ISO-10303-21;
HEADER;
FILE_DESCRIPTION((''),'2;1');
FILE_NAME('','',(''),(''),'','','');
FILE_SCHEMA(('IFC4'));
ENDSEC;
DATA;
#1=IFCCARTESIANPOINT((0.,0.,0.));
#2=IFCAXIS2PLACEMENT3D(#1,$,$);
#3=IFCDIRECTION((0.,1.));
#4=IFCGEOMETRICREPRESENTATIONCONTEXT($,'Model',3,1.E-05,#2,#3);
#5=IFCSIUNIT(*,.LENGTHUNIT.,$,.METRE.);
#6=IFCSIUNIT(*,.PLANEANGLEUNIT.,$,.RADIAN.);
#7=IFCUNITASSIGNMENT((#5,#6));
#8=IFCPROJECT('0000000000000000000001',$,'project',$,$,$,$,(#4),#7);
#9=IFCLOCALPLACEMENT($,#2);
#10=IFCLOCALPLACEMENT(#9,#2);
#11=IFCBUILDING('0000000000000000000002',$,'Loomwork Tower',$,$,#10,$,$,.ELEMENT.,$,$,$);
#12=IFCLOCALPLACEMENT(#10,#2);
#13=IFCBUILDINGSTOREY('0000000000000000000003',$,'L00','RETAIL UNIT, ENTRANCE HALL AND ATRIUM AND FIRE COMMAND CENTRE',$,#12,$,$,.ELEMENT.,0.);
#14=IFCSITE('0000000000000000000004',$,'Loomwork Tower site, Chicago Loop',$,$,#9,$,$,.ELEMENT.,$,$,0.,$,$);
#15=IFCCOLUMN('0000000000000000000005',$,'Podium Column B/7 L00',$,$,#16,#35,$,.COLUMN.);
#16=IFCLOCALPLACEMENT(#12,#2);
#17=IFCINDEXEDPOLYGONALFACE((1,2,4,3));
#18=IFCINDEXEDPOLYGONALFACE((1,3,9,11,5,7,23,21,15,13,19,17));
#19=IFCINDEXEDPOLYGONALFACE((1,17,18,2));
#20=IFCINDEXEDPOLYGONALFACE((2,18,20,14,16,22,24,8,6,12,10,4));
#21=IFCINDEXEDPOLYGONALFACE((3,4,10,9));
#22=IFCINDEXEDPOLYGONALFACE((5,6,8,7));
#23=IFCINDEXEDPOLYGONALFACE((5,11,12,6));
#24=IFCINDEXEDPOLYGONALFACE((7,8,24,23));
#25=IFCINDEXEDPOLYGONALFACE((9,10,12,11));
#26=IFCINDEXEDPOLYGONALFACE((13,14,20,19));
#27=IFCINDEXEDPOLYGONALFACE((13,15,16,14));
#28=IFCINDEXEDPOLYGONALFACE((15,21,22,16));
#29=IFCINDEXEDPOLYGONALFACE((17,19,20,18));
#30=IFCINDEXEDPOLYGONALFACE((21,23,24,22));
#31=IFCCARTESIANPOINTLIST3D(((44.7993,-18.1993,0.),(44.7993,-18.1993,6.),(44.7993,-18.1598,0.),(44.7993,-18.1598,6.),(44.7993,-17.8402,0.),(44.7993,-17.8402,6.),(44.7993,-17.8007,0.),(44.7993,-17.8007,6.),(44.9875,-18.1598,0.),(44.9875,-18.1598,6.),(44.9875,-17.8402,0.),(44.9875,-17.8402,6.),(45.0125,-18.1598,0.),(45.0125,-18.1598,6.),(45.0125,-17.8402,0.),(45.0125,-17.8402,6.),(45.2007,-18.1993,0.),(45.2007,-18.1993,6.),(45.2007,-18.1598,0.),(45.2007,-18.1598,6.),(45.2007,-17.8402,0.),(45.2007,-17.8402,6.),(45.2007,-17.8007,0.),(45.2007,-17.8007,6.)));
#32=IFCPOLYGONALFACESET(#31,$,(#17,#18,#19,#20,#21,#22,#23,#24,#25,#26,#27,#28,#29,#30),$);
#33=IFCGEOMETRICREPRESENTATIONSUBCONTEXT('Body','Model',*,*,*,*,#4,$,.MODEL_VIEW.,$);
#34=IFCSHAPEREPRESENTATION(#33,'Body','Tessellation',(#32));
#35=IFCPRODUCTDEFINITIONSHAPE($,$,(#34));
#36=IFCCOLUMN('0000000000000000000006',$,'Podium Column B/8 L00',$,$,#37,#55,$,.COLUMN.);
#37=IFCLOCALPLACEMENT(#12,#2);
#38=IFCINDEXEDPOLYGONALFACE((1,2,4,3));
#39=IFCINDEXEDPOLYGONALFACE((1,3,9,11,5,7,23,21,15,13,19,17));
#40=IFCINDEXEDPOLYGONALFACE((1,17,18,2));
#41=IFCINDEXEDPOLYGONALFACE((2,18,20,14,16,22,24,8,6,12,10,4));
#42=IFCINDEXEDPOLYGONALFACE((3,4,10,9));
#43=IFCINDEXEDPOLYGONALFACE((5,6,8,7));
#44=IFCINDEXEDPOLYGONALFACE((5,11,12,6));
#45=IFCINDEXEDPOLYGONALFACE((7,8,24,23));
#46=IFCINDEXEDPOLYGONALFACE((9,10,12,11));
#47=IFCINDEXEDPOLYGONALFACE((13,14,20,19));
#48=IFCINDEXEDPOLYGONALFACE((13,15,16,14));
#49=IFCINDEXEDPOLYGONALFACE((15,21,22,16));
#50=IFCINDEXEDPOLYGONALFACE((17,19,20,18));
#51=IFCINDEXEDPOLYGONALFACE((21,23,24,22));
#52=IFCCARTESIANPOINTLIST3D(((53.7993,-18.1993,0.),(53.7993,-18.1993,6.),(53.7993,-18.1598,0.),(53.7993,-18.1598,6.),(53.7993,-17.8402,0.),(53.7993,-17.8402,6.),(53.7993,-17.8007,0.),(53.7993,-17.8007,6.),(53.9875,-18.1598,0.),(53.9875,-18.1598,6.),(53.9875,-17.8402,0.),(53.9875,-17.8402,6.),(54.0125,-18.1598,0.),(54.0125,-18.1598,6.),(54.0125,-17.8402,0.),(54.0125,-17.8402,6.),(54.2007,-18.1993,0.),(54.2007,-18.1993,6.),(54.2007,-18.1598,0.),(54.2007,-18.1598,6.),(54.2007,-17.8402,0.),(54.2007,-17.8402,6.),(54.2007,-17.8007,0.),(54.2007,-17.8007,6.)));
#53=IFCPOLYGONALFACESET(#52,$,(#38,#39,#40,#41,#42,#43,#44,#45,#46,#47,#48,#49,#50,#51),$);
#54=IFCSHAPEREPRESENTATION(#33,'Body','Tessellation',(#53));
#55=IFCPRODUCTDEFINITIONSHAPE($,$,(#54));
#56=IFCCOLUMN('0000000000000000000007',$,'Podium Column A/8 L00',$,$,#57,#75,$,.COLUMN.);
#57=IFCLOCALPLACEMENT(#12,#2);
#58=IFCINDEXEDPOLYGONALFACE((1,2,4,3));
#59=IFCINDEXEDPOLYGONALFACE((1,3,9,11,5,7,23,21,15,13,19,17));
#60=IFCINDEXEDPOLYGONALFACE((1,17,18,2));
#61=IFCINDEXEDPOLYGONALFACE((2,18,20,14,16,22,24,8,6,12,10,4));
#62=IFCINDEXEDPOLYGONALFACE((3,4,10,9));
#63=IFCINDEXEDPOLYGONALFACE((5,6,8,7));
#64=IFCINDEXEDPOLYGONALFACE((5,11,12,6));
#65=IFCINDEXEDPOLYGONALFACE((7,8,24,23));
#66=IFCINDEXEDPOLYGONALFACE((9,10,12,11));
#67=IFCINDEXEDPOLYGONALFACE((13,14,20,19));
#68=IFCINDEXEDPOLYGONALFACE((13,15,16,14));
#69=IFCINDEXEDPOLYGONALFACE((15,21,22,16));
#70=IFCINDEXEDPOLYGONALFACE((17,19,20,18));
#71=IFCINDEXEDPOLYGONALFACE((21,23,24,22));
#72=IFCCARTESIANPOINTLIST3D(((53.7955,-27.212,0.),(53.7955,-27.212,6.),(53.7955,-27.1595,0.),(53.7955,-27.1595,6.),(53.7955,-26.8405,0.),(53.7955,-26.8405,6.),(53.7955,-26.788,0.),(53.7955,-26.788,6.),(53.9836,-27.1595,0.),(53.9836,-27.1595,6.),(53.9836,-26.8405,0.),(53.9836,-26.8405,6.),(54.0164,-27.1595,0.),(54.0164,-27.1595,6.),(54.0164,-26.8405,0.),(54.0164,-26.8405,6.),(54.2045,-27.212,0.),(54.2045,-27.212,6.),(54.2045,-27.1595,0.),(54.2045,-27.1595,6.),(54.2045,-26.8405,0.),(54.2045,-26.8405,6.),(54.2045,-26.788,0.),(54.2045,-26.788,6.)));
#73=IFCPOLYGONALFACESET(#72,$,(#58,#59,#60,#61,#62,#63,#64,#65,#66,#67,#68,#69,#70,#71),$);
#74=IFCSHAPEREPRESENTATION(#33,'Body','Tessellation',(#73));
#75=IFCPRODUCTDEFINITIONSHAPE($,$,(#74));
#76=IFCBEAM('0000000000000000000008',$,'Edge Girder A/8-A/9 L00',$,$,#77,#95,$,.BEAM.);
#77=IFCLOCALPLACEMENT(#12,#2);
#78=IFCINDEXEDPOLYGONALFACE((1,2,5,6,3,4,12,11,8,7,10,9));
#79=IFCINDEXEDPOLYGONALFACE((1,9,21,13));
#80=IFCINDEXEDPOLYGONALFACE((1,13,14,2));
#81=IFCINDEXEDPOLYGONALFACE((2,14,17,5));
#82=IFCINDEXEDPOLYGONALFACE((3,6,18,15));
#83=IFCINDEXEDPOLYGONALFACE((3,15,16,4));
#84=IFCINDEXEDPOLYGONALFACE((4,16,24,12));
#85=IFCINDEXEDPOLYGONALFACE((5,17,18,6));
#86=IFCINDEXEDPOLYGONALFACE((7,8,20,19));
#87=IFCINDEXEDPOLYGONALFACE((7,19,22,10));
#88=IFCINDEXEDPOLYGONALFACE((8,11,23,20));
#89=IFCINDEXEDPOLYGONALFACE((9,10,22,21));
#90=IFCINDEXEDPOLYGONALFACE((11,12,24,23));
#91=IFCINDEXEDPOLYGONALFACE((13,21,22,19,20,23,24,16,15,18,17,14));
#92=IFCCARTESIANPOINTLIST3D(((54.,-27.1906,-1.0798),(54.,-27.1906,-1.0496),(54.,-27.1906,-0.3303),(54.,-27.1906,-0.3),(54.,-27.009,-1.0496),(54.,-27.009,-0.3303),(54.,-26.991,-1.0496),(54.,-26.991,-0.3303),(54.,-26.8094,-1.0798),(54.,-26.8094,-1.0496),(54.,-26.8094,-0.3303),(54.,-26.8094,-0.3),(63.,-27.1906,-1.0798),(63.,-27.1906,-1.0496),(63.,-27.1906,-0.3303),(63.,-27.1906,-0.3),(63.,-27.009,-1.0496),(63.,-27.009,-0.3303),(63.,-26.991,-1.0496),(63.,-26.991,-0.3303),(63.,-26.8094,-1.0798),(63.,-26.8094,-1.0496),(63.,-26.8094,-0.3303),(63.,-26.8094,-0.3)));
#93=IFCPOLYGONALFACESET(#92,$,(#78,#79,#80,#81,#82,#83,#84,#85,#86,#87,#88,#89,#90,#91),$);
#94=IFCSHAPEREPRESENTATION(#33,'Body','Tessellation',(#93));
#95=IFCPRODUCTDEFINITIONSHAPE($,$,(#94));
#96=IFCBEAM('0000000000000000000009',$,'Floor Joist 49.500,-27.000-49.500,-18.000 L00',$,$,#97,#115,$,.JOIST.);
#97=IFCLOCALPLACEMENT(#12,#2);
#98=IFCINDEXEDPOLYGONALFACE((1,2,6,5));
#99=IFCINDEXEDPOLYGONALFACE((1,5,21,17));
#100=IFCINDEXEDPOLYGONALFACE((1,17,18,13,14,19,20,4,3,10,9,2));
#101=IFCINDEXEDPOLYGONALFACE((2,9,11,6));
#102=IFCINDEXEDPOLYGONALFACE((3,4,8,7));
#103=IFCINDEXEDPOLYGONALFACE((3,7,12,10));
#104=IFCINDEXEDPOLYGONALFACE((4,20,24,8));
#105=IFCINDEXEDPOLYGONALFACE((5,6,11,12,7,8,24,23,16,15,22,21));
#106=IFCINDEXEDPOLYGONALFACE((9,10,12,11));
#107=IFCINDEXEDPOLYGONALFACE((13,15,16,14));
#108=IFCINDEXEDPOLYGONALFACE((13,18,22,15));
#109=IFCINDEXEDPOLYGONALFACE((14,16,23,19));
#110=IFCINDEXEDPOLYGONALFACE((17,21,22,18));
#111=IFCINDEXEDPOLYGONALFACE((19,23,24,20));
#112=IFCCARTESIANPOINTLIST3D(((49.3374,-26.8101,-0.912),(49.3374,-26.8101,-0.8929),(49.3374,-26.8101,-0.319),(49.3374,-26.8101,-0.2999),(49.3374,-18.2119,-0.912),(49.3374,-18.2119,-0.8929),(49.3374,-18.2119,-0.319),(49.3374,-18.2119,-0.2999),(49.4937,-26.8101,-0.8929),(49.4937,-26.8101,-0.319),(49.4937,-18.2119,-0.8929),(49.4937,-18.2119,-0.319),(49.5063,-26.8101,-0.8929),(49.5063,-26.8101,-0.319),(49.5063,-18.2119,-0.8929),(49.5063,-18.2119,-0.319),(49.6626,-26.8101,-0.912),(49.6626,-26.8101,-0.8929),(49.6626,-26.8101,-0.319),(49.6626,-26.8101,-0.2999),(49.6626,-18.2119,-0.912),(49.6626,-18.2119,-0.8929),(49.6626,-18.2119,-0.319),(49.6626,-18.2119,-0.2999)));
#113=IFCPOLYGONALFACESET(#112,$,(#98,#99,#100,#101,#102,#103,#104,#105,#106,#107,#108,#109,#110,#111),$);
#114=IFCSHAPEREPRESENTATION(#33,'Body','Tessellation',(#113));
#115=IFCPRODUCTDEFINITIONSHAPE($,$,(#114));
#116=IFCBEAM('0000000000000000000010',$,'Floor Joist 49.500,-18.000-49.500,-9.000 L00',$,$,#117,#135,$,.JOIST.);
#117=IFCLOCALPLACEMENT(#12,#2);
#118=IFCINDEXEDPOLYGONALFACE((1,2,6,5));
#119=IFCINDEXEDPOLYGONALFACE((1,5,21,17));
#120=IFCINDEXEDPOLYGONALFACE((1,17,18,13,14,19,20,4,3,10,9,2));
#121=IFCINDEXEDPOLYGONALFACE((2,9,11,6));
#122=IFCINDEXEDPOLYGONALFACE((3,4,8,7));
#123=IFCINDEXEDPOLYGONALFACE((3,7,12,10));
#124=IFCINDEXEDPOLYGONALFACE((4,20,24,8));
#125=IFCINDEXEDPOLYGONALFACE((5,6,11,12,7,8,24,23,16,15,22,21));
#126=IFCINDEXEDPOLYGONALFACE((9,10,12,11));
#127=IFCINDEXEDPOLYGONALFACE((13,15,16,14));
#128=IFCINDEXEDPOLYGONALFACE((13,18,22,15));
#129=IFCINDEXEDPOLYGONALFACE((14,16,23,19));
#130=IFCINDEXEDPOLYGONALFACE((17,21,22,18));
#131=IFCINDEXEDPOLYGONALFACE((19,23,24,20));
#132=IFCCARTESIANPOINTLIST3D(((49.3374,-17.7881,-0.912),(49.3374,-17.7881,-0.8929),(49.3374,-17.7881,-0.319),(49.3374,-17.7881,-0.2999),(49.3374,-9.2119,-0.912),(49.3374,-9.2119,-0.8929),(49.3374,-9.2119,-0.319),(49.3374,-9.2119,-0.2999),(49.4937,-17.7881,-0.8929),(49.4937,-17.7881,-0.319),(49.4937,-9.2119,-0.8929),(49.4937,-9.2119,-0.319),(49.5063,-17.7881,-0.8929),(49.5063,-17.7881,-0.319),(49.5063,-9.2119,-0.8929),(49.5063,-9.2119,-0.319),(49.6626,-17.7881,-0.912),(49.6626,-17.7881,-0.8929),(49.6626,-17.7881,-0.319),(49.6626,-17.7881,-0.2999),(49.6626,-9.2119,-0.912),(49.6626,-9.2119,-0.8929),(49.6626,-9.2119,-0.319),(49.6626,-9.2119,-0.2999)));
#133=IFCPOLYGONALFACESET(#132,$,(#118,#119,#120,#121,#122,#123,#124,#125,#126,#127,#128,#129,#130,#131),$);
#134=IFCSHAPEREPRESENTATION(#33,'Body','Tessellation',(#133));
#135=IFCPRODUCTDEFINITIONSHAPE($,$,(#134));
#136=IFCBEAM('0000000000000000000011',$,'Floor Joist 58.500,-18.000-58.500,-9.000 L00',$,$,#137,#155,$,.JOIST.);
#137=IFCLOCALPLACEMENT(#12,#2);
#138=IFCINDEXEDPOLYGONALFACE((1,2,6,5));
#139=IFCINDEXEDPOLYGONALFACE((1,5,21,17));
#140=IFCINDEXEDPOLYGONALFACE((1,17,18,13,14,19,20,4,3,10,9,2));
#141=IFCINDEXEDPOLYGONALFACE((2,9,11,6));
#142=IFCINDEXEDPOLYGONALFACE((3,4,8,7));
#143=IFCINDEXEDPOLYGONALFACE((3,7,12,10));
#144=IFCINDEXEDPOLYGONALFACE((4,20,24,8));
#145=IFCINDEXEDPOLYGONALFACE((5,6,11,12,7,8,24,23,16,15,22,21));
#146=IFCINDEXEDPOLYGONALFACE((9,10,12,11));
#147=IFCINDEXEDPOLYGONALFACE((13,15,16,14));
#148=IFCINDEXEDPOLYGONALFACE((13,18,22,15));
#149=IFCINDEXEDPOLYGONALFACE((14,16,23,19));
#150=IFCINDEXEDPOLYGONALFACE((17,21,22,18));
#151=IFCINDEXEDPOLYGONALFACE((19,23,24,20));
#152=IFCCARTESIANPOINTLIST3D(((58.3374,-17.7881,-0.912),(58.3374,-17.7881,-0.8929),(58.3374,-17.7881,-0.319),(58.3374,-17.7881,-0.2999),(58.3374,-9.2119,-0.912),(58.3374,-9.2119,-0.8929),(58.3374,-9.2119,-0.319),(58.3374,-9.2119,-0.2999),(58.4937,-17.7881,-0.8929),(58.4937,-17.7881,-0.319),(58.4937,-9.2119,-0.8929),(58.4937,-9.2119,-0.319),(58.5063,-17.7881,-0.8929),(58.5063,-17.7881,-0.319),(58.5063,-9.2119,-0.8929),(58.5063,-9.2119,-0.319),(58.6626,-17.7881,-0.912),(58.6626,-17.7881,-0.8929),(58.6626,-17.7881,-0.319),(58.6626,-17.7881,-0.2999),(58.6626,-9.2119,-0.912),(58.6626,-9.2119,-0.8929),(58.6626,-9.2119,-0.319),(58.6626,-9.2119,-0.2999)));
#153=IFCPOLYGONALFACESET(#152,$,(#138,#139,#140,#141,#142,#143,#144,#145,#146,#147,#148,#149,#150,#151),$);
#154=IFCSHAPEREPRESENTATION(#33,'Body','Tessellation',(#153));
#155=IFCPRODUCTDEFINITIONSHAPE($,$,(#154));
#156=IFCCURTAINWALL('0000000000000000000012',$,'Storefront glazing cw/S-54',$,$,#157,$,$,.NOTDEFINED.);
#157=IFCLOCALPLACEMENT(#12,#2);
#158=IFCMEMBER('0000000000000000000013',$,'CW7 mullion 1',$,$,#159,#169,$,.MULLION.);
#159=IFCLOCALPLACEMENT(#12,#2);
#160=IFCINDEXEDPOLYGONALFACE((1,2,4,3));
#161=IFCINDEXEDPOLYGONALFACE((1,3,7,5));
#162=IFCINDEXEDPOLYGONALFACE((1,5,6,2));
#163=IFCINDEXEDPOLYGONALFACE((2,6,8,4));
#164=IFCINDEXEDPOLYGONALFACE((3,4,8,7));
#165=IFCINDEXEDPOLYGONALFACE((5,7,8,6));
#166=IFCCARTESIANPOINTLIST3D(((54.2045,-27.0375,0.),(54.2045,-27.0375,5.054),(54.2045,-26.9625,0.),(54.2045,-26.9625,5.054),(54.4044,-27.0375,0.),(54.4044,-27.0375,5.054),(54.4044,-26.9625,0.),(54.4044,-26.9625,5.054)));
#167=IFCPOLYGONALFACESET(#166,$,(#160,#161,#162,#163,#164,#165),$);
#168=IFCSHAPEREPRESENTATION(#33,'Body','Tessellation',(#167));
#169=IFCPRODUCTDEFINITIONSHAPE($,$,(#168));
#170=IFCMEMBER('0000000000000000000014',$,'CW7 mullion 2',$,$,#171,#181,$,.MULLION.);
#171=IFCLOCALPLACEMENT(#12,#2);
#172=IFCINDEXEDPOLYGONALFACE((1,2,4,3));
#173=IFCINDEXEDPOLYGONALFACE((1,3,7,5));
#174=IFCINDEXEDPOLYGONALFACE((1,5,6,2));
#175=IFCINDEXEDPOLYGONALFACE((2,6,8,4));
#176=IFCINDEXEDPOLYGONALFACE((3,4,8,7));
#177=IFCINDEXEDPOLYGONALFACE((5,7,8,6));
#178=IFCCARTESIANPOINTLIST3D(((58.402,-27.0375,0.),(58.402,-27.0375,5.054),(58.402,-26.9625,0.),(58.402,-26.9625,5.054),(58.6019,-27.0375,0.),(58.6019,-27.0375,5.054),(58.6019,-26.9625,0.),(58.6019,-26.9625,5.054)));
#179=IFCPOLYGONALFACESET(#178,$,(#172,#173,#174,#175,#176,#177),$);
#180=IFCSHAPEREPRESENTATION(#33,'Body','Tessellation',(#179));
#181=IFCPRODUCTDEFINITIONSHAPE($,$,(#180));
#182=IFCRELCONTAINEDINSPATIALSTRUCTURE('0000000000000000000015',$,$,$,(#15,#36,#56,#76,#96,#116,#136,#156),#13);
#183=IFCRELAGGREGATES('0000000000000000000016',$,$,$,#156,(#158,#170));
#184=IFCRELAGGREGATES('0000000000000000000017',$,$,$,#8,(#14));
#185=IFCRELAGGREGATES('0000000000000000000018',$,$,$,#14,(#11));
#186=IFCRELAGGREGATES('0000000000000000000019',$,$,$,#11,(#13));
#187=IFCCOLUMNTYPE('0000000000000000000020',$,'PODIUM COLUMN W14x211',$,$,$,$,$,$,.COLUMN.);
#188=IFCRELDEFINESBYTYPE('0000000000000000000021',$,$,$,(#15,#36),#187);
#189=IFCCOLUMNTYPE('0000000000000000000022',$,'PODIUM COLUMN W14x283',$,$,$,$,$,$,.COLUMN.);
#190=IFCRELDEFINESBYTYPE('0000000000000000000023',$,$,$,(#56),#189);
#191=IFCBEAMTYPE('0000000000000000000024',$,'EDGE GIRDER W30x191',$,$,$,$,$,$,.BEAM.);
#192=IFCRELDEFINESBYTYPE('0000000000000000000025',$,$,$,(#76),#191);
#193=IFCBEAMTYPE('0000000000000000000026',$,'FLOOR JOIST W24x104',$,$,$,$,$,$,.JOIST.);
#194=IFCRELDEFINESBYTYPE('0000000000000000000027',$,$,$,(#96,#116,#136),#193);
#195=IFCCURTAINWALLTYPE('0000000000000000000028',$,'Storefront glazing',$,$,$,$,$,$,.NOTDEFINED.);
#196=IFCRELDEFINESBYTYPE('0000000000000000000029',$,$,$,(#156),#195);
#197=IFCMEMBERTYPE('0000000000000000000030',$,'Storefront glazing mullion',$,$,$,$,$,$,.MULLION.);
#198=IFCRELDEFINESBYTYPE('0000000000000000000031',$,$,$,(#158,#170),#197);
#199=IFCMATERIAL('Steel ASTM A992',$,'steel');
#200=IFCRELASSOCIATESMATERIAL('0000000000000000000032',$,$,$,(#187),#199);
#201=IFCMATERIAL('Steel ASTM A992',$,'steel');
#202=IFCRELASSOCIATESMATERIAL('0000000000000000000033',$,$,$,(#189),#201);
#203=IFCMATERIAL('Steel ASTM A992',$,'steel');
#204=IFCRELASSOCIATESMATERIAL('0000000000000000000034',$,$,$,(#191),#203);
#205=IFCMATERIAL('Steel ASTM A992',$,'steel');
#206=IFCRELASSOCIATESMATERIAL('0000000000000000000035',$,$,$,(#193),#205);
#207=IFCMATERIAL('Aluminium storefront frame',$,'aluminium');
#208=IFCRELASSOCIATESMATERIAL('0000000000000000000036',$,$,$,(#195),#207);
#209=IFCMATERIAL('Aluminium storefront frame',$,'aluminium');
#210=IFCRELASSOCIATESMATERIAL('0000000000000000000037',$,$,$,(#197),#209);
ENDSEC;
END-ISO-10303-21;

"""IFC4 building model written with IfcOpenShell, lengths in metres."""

from ifc_helpers import new_model, si_unit, direction, frame, origin, origin_2d, place, context, subcontext, project, spatial, rectangle, i_section, extrude, material, material_profile, profile_set, type_object, element, aggregate, save


model = new_model("IFC4")

# Units and contexts
model_context = context("Model", 3, precision=1e-05, world=origin(), true_north=direction((0.0, 1.0)))
body_context = subcontext(model_context, "Body", "Model", "MODEL_VIEW")
ifc_project = project(units=[si_unit("LENGTHUNIT", "METRE"), si_unit("PLANEANGLEUNIT", "RADIAN")], contexts=[model_context])

# Site, building, storey
site_placement = place(None, origin())
site = spatial("IfcSite", under=ifc_project, at=site_placement, Name="Loomwork Tower site, Chicago Loop", CompositionType="ELEMENT", RefElevation=0.0)
building_placement = place(site_placement, origin())
building = spatial("IfcBuilding", under=site, at=building_placement, Name="Loomwork Tower", CompositionType="ELEMENT")
storey_placement = place(building_placement, origin())
storey = spatial("IfcBuildingStorey", under=building, at=storey_placement, Name="L00", Description="RETAIL UNIT, ENTRANCE HALL AND ATRIUM AND FIRE COMMAND CENTRE", CompositionType="ELEMENT", Elevation=0.0)

# Columns
ifc_material_1 = material(Name="Steel ASTM A992", Category="steel")
ifc_material_profile_1 = material_profile(ifc_material_1, i_section(OverallWidth=0.4014, OverallDepth=0.3987, WebThickness=0.0249, FlangeThickness=0.0396, at=origin_2d()), Name="W14x211")
ifc_profile_set_1 = profile_set([ifc_material_profile_1], Name="Steel ASTM A992")
column_type_1 = type_object("IfcColumnType", Name="PODIUM COLUMN W14x211", PredefinedType="COLUMN", material=ifc_profile_set_1)
for number, where, z_axis, x_axis, name in (
    (1, (45.0, -18.0, 0.0), (0.0, 0.0, 1.0), (1.0, 0.0, 0.0), "Podium Column B/7 L00"),
    (2, (54.0, -18.0, 0.0), (0.0, 0.0, 1.0), (1.0, 0.0, 0.0), "Podium Column B/8 L00"),
):
    element("IfcColumn", number, at=place(storey_placement, frame(where, z_axis=z_axis, x_axis=x_axis)), inside=storey, type_object=column_type_1, Name=name, PredefinedType="COLUMN", context=body_context, shape_type="SweptSolid", body=[
        extrude(i_section(OverallWidth=0.4014, OverallDepth=0.3987, WebThickness=0.0249, FlangeThickness=0.0396, at=origin_2d()), origin(), (0.0, 0.0, 1.0), 6.0),
    ])
ifc_material_2 = material(Name="Steel ASTM A992", Category="steel")
ifc_material_profile_2 = material_profile(ifc_material_2, i_section(OverallWidth=0.4089, OverallDepth=0.4241, WebThickness=0.0327, FlangeThickness=0.0525, at=origin_2d()), Name="W14x283")
ifc_profile_set_2 = profile_set([ifc_material_profile_2], Name="Steel ASTM A992")
column_type_2 = type_object("IfcColumnType", Name="PODIUM COLUMN W14x283", PredefinedType="COLUMN", material=ifc_profile_set_2)
column_placement = place(storey_placement, frame((54.0, -27.0, 0.0), z_axis=(0.0, 0.0, 1.0), x_axis=(1.0, 0.0, 0.0)))
element("IfcColumn", 3, at=column_placement, inside=storey, type_object=column_type_2, Name="Podium Column A/8 L00", PredefinedType="COLUMN", context=body_context, shape_type="SweptSolid", body=[
    extrude(i_section(OverallWidth=0.4089, OverallDepth=0.4241, WebThickness=0.0327, FlangeThickness=0.0525, at=origin_2d()), origin(), (0.0, 0.0, 1.0), 6.0),
])

# Beams
ifc_material_3 = material(Name="Steel ASTM A992", Category="steel")
ifc_material_profile_3 = material_profile(ifc_material_3, i_section(OverallWidth=0.3811, OverallDepth=0.7798, WebThickness=0.0181, FlangeThickness=0.0303, at=origin_2d()), Name="W30x191")
ifc_profile_set_3 = profile_set([ifc_material_profile_3], Name="Steel ASTM A992")
beam_type_1 = type_object("IfcBeamType", Name="EDGE GIRDER W30x191", PredefinedType="BEAM", material=ifc_profile_set_3)
beam_1_placement = place(storey_placement, frame((54.0, -27.0, -0.6899), z_axis=(1.0, 0.0, 0.0), x_axis=(0.0, 1.0, 0.0)))
element("IfcBeam", 4, at=beam_1_placement, inside=storey, type_object=beam_type_1, Name="Edge Girder A/8-A/9 L00", PredefinedType="BEAM", context=body_context, shape_type="SweptSolid", body=[
    extrude(i_section(OverallWidth=0.3811, OverallDepth=0.7798, WebThickness=0.0181, FlangeThickness=0.0303, at=origin_2d()), origin(), (0.0, 0.0, 1.0), 9.0),
])
ifc_material_4 = material(Name="Steel ASTM A992", Category="steel")
ifc_material_profile_4 = material_profile(ifc_material_4, i_section(OverallWidth=0.3252, OverallDepth=0.6121, WebThickness=0.0127, FlangeThickness=0.019, at=origin_2d()), Name="W24x104")
ifc_profile_set_4 = profile_set([ifc_material_profile_4], Name="Steel ASTM A992")
beam_type_2 = type_object("IfcBeamType", Name="FLOOR JOIST W24x104", PredefinedType="JOIST", material=ifc_profile_set_4)
beam_2_placement = place(storey_placement, frame((49.5, -26.8101, -0.606), z_axis=(0.0, 1.0, 0.0), x_axis=(-1.0, 0.0, 0.0)))
element("IfcBeam", 5, at=beam_2_placement, inside=storey, type_object=beam_type_2, Name="Floor Joist 49.500,-27.000-49.500,-18.000 L00", PredefinedType="JOIST", context=body_context, shape_type="SweptSolid", body=[
    extrude(i_section(OverallWidth=0.3252, OverallDepth=0.6121, WebThickness=0.0127, FlangeThickness=0.019, at=origin_2d()), origin(), (0.0, 0.0, 1.0), 8.5981),
])
for number, where, z_axis, x_axis, name in (
    (6, (49.5, -17.7881, -0.606), (0.0, 1.0, 0.0), (-1.0, 0.0, 0.0), "Floor Joist 49.500,-18.000-49.500,-9.000 L00"),
    (7, (58.5, -17.7881, -0.606), (0.0, 1.0, 0.0), (-1.0, 0.0, 0.0), "Floor Joist 58.500,-18.000-58.500,-9.000 L00"),
):
    element("IfcBeam", number, at=place(storey_placement, frame(where, z_axis=z_axis, x_axis=x_axis)), inside=storey, type_object=beam_type_2, Name=name, PredefinedType="JOIST", context=body_context, shape_type="SweptSolid", body=[
        extrude(i_section(OverallWidth=0.3252, OverallDepth=0.6121, WebThickness=0.0127, FlangeThickness=0.019, at=origin_2d()), origin(), (0.0, 0.0, 1.0), 8.5762),
    ])

# Curtain wall, members
ifc_material_5 = material(Name="Aluminium storefront frame", Category="aluminium")
curtain_wall_type = type_object("IfcCurtainWallType", Name="Storefront glazing", PredefinedType="NOTDEFINED", material=ifc_material_5)
curtain_wall_placement = place(storey_placement, origin())
curtain_wall = element("IfcCurtainWall", 8, at=curtain_wall_placement, inside=storey, type_object=curtain_wall_type, Name="Storefront glazing cw/S-54", PredefinedType="NOTDEFINED")
ifc_material_6 = material(Name="Aluminium storefront frame", Category="aluminium")
ifc_material_profile_5 = material_profile(ifc_material_6, rectangle(XDim=0.075, YDim=0.2, at=origin_2d()), Name="AL 75x200")
ifc_profile_set_5 = profile_set([ifc_material_profile_5], Name="Aluminium storefront frame")
member_type_1 = type_object("IfcMemberType", Name="Storefront glazing mullion", PredefinedType="MULLION", material=ifc_profile_set_5)
member_1_placement = place(storey_placement, frame((54.3044, -27.0, 0.0), z_axis=(0.0, 0.0, 1.0), x_axis=(0.0, 1.0, 0.0)))
member_1 = element("IfcMember", 9, at=member_1_placement, type_object=member_type_1, Name="CW7 mullion 1", PredefinedType="MULLION", context=body_context, shape_type="SweptSolid", body=[
    extrude(rectangle(XDim=0.075, YDim=0.2, at=origin_2d()), origin(), (0.0, 0.0, 1.0), 5.054),
])
member_2_placement = place(storey_placement, frame((58.502, -27.0, 0.0), z_axis=(0.0, 0.0, 1.0), x_axis=(0.0, 1.0, 0.0)))
member_2 = element("IfcMember", 10, at=member_2_placement, type_object=member_type_1, Name="CW7 mullion 2", PredefinedType="MULLION", context=body_context, shape_type="SweptSolid", body=[
    extrude(rectangle(XDim=0.075, YDim=0.2, at=origin_2d()), origin(), (0.0, 0.0, 1.0), 5.054),
])

aggregate(curtain_wall, [member_1, member_2])

save(model, "model.ifc")
